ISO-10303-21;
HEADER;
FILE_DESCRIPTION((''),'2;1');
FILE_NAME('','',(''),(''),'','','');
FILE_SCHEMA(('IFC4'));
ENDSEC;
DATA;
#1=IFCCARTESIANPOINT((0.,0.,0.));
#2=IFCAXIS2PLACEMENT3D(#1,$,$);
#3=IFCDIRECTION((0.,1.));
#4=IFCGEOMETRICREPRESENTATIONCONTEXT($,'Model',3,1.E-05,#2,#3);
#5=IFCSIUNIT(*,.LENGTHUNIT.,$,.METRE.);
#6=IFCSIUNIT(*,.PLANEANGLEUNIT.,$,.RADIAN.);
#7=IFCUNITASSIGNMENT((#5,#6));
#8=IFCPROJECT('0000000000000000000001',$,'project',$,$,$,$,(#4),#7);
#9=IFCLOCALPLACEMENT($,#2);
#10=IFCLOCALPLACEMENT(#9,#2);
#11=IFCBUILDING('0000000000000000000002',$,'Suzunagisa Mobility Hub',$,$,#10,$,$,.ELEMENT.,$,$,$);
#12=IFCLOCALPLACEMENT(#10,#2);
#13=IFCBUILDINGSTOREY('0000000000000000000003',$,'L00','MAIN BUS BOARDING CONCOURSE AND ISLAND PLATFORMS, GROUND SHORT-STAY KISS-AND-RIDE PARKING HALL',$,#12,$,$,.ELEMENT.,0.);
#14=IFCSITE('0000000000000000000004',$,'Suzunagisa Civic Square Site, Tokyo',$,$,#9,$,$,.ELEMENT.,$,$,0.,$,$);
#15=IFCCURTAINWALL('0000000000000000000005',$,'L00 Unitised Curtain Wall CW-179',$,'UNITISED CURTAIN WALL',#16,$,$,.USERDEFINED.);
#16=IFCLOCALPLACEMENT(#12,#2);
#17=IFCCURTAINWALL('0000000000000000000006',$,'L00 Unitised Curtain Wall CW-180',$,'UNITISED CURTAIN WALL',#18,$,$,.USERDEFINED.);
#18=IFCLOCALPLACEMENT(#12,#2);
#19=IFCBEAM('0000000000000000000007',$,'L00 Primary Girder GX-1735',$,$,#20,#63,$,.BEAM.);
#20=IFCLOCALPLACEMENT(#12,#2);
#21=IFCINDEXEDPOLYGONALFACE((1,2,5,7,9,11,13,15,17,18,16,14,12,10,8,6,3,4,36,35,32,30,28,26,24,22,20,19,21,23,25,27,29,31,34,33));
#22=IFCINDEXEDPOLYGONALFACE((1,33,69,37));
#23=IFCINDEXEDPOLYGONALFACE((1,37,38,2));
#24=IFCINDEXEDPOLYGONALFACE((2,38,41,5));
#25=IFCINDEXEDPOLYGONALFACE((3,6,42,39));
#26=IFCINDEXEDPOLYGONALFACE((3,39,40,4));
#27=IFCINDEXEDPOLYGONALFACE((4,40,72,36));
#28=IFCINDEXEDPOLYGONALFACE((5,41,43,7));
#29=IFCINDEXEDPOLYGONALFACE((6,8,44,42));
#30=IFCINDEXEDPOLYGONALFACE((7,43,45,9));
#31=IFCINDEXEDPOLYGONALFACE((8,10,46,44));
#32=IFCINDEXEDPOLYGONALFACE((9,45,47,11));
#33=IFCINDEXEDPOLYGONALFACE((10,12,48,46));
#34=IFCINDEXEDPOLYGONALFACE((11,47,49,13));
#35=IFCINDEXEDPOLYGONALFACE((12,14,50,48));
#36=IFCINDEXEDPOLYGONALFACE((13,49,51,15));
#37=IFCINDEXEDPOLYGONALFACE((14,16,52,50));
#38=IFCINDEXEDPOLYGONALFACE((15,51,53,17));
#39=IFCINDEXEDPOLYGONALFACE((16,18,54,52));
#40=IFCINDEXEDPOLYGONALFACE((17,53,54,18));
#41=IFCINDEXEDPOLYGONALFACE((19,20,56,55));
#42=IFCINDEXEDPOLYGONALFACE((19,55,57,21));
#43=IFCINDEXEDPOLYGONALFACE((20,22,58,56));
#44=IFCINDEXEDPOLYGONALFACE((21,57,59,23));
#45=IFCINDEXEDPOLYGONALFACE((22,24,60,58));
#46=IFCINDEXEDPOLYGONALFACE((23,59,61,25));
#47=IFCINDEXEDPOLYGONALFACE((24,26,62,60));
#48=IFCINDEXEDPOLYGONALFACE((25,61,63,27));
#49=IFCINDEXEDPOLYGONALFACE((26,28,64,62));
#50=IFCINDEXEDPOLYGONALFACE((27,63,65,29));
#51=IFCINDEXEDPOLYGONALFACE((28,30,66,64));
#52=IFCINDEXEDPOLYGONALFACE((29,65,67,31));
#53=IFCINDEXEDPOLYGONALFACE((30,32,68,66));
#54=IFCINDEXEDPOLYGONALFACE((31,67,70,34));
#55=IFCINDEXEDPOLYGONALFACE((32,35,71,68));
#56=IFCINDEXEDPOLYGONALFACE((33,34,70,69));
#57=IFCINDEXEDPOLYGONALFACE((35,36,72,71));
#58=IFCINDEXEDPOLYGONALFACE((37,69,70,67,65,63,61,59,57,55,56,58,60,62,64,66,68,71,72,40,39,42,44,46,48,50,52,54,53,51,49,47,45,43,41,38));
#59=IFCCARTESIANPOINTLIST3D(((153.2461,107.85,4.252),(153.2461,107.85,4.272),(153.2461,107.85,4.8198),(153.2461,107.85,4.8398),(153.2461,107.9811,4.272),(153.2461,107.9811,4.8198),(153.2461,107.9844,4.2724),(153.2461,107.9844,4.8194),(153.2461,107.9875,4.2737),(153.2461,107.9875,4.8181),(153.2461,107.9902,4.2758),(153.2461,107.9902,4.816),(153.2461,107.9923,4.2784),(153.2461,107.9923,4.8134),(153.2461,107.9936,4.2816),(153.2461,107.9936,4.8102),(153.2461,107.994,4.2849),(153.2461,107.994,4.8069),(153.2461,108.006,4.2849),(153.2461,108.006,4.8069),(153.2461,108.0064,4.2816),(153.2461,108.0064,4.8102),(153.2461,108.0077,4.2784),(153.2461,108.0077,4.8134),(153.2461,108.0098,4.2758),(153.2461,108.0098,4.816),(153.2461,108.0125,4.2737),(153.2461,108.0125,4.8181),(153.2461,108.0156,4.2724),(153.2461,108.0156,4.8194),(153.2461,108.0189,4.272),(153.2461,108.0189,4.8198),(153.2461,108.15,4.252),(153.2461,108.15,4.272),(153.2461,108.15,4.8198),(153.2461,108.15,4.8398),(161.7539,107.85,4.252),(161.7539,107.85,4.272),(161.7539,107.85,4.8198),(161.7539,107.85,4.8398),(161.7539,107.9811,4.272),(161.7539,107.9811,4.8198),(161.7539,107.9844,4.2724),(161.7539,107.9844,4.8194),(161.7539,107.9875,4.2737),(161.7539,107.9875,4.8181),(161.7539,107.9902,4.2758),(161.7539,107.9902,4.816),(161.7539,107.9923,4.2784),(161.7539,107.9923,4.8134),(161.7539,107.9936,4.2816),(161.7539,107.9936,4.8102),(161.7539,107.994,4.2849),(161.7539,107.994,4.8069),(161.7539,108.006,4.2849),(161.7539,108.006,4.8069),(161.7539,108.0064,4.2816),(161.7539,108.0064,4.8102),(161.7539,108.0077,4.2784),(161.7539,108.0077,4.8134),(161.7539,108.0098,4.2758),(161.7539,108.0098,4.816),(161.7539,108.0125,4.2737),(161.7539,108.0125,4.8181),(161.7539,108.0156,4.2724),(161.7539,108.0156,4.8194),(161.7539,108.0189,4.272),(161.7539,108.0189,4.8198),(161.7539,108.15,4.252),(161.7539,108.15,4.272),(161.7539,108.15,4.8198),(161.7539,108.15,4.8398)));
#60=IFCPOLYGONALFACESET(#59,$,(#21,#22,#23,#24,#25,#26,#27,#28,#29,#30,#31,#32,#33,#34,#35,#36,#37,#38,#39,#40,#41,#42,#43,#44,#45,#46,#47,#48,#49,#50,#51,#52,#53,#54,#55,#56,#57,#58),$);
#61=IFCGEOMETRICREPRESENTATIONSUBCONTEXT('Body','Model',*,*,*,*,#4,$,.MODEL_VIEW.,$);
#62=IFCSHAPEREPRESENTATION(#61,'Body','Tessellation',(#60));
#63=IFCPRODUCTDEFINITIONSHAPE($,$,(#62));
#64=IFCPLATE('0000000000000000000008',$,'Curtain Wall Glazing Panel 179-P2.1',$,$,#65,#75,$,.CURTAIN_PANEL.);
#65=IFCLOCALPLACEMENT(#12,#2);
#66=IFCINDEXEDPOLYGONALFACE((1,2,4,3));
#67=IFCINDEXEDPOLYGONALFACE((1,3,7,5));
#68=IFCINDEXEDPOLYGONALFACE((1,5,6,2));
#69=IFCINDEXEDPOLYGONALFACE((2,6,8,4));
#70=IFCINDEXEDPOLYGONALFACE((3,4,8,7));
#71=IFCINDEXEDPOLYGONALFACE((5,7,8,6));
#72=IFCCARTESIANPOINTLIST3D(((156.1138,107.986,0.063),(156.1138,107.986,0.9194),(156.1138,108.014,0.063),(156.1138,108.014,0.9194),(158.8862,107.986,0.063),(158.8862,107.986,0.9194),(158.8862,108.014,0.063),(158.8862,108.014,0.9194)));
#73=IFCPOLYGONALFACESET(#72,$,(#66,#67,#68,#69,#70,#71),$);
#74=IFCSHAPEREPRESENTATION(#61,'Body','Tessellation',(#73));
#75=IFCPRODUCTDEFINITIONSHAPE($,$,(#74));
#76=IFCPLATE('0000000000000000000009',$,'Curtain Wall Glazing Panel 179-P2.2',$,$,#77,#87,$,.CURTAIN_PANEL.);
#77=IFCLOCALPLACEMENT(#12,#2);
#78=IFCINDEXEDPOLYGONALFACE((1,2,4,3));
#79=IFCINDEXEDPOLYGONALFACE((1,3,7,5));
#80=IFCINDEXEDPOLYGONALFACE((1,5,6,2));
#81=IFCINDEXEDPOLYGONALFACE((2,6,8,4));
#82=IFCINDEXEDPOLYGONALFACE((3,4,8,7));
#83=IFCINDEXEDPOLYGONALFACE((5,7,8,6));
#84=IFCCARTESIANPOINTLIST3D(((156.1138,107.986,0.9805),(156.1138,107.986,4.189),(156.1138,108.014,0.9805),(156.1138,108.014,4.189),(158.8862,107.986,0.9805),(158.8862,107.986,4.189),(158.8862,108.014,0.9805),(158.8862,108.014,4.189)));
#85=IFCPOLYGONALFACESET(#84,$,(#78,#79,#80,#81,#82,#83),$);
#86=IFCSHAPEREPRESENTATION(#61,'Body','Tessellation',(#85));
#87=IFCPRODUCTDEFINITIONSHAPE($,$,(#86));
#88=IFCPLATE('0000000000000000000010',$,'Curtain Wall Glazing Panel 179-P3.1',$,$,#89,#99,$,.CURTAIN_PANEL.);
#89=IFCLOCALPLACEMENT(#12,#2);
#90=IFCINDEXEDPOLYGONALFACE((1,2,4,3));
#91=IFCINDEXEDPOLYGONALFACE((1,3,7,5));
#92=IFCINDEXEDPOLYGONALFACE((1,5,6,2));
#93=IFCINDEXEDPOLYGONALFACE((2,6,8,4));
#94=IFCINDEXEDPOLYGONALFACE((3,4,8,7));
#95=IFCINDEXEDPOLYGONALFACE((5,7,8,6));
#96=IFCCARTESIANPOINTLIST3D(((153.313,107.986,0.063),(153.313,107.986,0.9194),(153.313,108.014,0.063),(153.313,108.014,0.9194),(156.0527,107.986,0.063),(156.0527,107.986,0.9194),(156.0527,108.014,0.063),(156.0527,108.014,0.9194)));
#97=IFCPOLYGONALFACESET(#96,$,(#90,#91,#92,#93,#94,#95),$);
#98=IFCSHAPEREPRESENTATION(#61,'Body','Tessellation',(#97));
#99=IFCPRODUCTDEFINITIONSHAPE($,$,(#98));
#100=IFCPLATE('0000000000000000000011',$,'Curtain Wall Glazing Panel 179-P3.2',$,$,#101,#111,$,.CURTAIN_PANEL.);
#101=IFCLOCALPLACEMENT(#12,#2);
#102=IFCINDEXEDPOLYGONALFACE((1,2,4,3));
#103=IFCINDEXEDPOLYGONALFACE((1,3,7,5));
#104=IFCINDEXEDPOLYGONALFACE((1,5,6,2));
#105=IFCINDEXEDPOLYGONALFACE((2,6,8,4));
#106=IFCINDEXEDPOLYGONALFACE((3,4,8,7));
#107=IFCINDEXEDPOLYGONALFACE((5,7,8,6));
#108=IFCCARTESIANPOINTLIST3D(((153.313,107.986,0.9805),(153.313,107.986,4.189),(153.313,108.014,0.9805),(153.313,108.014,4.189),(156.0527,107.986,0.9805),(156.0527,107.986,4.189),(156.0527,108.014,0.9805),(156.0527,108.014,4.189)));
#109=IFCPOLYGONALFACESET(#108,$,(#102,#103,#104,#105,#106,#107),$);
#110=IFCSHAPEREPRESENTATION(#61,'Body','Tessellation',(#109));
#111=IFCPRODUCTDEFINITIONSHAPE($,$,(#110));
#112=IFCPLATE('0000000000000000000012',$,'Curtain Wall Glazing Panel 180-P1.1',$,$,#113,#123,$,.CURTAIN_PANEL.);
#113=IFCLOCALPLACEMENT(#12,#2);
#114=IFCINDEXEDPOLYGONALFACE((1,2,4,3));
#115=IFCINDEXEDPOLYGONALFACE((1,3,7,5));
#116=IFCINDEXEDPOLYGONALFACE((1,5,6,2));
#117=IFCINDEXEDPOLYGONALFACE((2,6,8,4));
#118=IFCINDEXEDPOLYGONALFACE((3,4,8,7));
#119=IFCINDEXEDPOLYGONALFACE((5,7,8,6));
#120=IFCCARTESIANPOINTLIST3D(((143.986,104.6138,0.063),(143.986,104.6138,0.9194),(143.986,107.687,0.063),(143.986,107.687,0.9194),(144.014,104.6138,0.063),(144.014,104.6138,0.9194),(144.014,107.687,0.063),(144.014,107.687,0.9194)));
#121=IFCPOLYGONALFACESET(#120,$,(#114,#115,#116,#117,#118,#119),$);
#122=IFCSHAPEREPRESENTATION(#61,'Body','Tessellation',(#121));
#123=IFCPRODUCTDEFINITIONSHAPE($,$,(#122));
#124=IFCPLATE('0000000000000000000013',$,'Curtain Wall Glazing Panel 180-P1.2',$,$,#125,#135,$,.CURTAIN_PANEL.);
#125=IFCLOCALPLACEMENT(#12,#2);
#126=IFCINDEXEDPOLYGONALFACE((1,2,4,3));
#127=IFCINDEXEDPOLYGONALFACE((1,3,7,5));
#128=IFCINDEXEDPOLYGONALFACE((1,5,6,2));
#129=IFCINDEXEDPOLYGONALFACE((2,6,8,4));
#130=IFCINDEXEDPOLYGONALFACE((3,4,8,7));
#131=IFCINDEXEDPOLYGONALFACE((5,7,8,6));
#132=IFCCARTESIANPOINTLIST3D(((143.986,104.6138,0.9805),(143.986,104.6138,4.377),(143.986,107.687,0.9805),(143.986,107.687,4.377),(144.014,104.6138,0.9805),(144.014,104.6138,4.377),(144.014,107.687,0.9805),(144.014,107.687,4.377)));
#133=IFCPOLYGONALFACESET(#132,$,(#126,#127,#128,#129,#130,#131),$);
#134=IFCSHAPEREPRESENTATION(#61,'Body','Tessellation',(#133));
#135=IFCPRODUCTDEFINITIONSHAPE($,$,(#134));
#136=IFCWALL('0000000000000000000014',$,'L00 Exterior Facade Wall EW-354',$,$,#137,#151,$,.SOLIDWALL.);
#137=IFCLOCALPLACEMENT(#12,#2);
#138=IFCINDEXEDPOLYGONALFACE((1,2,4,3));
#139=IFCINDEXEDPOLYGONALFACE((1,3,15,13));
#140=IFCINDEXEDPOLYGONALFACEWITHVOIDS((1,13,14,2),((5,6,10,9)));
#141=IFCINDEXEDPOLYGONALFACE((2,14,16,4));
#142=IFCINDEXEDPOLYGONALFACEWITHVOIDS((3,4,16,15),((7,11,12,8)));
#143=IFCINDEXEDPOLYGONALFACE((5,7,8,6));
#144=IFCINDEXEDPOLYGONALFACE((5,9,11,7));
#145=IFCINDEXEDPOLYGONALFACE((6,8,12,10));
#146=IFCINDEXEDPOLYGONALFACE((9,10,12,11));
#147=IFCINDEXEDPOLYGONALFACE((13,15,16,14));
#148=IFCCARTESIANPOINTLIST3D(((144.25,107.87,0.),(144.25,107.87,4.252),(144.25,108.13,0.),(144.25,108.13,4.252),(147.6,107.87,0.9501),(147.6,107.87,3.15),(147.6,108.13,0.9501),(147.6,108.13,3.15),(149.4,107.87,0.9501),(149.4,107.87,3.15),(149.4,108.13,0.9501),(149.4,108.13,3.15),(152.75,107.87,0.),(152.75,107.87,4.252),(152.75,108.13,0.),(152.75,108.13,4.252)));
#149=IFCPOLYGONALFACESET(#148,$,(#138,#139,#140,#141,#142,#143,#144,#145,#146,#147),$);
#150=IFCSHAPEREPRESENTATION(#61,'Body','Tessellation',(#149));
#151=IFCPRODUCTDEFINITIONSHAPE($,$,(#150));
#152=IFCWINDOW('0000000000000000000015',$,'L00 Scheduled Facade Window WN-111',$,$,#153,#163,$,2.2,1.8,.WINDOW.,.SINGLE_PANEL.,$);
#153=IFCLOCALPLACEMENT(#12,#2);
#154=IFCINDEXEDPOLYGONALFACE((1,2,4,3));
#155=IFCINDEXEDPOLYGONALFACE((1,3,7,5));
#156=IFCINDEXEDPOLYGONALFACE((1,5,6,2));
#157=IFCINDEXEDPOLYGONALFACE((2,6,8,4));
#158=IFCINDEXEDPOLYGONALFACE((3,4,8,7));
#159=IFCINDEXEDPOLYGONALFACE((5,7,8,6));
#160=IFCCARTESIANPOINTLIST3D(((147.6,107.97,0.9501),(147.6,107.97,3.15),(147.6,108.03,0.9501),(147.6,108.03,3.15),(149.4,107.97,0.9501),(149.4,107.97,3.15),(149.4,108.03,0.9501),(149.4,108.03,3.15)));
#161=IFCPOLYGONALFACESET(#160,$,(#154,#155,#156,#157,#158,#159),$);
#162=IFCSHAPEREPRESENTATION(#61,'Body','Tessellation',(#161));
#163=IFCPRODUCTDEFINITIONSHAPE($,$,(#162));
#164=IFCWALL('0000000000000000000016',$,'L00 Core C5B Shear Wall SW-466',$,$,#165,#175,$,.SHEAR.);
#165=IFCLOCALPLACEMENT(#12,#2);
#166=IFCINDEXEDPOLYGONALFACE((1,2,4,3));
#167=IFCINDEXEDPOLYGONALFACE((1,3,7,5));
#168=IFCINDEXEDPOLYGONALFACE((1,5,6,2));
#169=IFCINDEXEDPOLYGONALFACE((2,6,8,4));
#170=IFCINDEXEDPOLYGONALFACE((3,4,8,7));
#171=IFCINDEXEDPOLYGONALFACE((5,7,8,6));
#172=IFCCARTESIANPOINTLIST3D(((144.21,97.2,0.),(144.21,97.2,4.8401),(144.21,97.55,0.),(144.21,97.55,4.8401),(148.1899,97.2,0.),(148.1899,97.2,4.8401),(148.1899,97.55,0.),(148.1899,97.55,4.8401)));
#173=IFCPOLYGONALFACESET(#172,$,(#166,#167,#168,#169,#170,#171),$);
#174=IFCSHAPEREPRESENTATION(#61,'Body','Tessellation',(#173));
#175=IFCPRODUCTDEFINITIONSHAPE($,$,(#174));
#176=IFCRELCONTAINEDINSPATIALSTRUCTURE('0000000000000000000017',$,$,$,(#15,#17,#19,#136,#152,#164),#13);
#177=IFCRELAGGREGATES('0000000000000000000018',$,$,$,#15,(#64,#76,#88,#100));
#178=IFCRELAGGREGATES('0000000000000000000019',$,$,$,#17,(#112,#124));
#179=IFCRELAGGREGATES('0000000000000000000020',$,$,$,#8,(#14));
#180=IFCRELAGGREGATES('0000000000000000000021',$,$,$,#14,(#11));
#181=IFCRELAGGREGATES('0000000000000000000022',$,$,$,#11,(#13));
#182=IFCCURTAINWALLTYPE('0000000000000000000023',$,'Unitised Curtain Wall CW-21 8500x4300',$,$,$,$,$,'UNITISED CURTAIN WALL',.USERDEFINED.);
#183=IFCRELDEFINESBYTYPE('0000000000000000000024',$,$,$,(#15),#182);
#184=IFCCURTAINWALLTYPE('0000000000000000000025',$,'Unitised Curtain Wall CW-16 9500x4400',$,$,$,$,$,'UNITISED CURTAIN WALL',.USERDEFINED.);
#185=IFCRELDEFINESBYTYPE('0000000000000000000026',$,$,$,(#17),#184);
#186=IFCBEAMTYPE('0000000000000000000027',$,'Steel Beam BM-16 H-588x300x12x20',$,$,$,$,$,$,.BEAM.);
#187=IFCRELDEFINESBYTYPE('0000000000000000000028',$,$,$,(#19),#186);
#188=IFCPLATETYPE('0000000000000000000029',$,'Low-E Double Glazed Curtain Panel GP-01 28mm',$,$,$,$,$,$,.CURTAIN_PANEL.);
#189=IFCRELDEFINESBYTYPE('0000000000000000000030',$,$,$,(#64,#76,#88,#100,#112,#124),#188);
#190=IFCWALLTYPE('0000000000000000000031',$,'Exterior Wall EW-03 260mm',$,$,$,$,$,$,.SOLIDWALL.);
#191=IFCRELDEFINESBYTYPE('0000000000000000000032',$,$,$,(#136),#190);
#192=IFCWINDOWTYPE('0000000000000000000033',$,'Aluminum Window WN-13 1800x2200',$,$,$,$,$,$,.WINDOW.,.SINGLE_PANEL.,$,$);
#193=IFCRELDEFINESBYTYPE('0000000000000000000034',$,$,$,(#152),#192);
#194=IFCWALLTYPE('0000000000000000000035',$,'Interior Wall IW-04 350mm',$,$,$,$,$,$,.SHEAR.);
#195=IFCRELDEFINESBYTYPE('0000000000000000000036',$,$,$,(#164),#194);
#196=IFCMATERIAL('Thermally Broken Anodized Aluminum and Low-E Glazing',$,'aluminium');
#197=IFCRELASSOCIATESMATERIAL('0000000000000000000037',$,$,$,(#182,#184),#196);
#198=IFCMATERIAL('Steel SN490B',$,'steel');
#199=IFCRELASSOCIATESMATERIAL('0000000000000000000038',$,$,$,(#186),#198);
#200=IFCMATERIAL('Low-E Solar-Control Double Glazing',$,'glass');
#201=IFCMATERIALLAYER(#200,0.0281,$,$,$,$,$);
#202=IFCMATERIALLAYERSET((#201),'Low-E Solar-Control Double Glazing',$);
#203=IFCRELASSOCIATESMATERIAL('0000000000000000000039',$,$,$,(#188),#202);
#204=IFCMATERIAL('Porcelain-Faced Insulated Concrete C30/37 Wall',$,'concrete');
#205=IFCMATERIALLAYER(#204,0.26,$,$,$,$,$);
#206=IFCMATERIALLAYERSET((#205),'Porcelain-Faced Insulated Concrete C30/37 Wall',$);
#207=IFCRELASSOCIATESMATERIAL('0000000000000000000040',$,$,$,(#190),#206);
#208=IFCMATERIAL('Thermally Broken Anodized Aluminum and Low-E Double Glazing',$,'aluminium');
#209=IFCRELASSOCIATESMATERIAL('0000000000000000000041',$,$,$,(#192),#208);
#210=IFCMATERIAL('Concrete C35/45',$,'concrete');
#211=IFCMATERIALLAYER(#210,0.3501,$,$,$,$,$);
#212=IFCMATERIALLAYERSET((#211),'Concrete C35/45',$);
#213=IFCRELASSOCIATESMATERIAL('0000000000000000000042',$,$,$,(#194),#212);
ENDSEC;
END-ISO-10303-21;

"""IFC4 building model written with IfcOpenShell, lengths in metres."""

from ifc_helpers import new_model, si_unit, direction, frame, frame_2d, origin, origin_2d, place, context, subcontext, project, spatial, rectangle, i_section, extrude, material, layer, layer_set, material_profile, profile_set, type_object, element, fill, aggregate, save


model = new_model("IFC4")

# Units and contexts
model_context = context("Model", 3, precision=1e-05, world=origin(), true_north=direction((0.0, 1.0)))
body_context = subcontext(model_context, "Body", "Model", "MODEL_VIEW")
ifc_project = project(units=[si_unit("LENGTHUNIT", "METRE"), si_unit("PLANEANGLEUNIT", "RADIAN")], contexts=[model_context])

# Site, building, storey
site_placement = place(None, origin())
site = spatial("IfcSite", under=ifc_project, at=site_placement, Name="Suzunagisa Civic Square Site, Tokyo", CompositionType="ELEMENT", RefElevation=0.0)
building_placement = place(site_placement, origin())
building = spatial("IfcBuilding", under=site, at=building_placement, Name="Suzunagisa Mobility Hub", CompositionType="ELEMENT")
storey_placement = place(building_placement, origin())
storey = spatial("IfcBuildingStorey", under=building, at=storey_placement, Name="L00", Description="MAIN BUS BOARDING CONCOURSE AND ISLAND PLATFORMS, GROUND SHORT-STAY KISS-AND-RIDE PARKING HALL", CompositionType="ELEMENT", Elevation=0.0)

# Shared definitions
ifc_material_1 = material(Name="Steel SN490B", Category="steel")

# Curtain walls
ifc_material_2 = material(Name="Thermally Broken Anodized Aluminum and Low-E Glazing", Category="aluminium")
curtain_wall_type_1 = type_object("IfcCurtainWallType", Name="Unitised Curtain Wall CW-21 8500x4300", ElementType="UNITISED CURTAIN WALL", PredefinedType="USERDEFINED", material=ifc_material_2)
curtain_wall_1_placement = place(storey_placement, origin())
curtain_wall_1 = element("IfcCurtainWall", 1, at=curtain_wall_1_placement, inside=storey, type_object=curtain_wall_type_1, Name="L00 Unitised Curtain Wall CW-179", ObjectType="UNITISED CURTAIN WALL", PredefinedType="USERDEFINED")
curtain_wall_type_2 = type_object("IfcCurtainWallType", Name="Unitised Curtain Wall CW-16 9500x4400", ElementType="UNITISED CURTAIN WALL", PredefinedType="USERDEFINED", material=ifc_material_2)
curtain_wall_2_placement = place(storey_placement, origin())
curtain_wall_2 = element("IfcCurtainWall", 2, at=curtain_wall_2_placement, inside=storey, type_object=curtain_wall_type_2, Name="L00 Unitised Curtain Wall CW-180", ObjectType="UNITISED CURTAIN WALL", PredefinedType="USERDEFINED")

# Beam
ifc_material_profile_1 = material_profile(ifc_material_1, i_section(OverallWidth=0.3, OverallDepth=0.5879, WebThickness=0.012, FlangeThickness=0.02, FilletRadius=0.0129, at=origin_2d()), Name="H-588x300x12x20")
ifc_profile_set_1 = profile_set([ifc_material_profile_1], Name="Steel SN490B")
beam_type_1 = type_object("IfcBeamType", Name="Steel Beam BM-16 H-588x300x12x20", PredefinedType="BEAM", material=ifc_profile_set_1)
for number, where, z_axis, x_axis, name in (
    (3, (153.2461, 108.0, 4.5459), (1.0, 0.0, 0.0), (0.0, 1.0, 0.0), "L00 Primary Girder GX-1735"),
):
    element("IfcBeam", number, at=place(storey_placement, frame(where, z_axis=z_axis, x_axis=x_axis)), inside=storey, type_object=beam_type_1, Name=name, PredefinedType="BEAM", context=body_context, shape_type="SweptSolid", body=[
        extrude(i_section(OverallWidth=0.3, OverallDepth=0.5879, WebThickness=0.012, FlangeThickness=0.02, FilletRadius=0.0129, at=origin_2d()), origin(), (0.0, 0.0, 1.0), 8.5078),
    ])

# Plates
ifc_material_3 = material(Name="Low-E Solar-Control Double Glazing", Category="glass")
ifc_layer_1 = layer(ifc_material_3, 0.0281)
ifc_layer_set_1 = layer_set([ifc_layer_1], Name="Low-E Solar-Control Double Glazing")
plate_type = type_object("IfcPlateType", Name="Low-E Double Glazed Curtain Panel GP-01 28mm", PredefinedType="CURTAIN_PANEL", material=ifc_layer_set_1)
plate_1_placement = place(storey_placement, frame((157.5, 108.0, 0.063), z_axis=(0.0, 0.0, 1.0), x_axis=(-1.0, 0.0, 0.0)))
plate_1 = element("IfcPlate", 4, at=plate_1_placement, type_object=plate_type, Name="Curtain Wall Glazing Panel 179-P2.1", PredefinedType="CURTAIN_PANEL", context=body_context, shape_type="SweptSolid", body=[
    extrude(rectangle(XDim=2.7725, YDim=0.0281, at=origin_2d()), origin(), (0.0, 0.0, 1.0), 0.8564),
])
plate_2_placement = place(storey_placement, frame((157.5, 108.0, 0.9805), z_axis=(0.0, 0.0, 1.0), x_axis=(-1.0, 0.0, 0.0)))
plate_2 = element("IfcPlate", 5, at=plate_2_placement, type_object=plate_type, Name="Curtain Wall Glazing Panel 179-P2.2", PredefinedType="CURTAIN_PANEL", context=body_context, shape_type="SweptSolid", body=[
    extrude(rectangle(XDim=2.7725, YDim=0.0281, at=origin_2d()), origin(), (0.0, 0.0, 1.0), 3.2085),
])
plate_3_placement = place(storey_placement, frame((154.6829, 108.0, 0.063), z_axis=(0.0, 0.0, 1.0), x_axis=(-1.0, 0.0, 0.0)))
plate_3 = element("IfcPlate", 6, at=plate_3_placement, type_object=plate_type, Name="Curtain Wall Glazing Panel 179-P3.1", PredefinedType="CURTAIN_PANEL", context=body_context, shape_type="SweptSolid", body=[
    extrude(rectangle(XDim=2.7397, YDim=0.0281, at=origin_2d()), origin(), (0.0, 0.0, 1.0), 0.8564),
])
plate_4_placement = place(storey_placement, frame((154.6829, 108.0, 0.9805), z_axis=(0.0, 0.0, 1.0), x_axis=(-1.0, 0.0, 0.0)))
plate_4 = element("IfcPlate", 7, at=plate_4_placement, type_object=plate_type, Name="Curtain Wall Glazing Panel 179-P3.2", PredefinedType="CURTAIN_PANEL", context=body_context, shape_type="SweptSolid", body=[
    extrude(rectangle(XDim=2.7397, YDim=0.0281, at=origin_2d()), origin(), (0.0, 0.0, 1.0), 3.2085),
])
aggregate(curtain_wall_1, [plate_1, plate_2, plate_3, plate_4])
plate_5_placement = place(storey_placement, frame((144.0, 106.1504, 0.063), z_axis=(0.0, 0.0, 1.0), x_axis=(0.0, -1.0, 0.0)))
plate_5 = element("IfcPlate", 8, at=plate_5_placement, type_object=plate_type, Name="Curtain Wall Glazing Panel 180-P1.1", PredefinedType="CURTAIN_PANEL", context=body_context, shape_type="SweptSolid", body=[
    extrude(rectangle(XDim=3.0732, YDim=0.0281, at=origin_2d()), origin(), (0.0, 0.0, 1.0), 0.8564),
])
plate_6_placement = place(storey_placement, frame((144.0, 106.1504, 0.9805), z_axis=(0.0, 0.0, 1.0), x_axis=(0.0, -1.0, 0.0)))
plate_6 = element("IfcPlate", 9, at=plate_6_placement, type_object=plate_type, Name="Curtain Wall Glazing Panel 180-P1.2", PredefinedType="CURTAIN_PANEL", context=body_context, shape_type="SweptSolid", body=[
    extrude(rectangle(XDim=3.0732, YDim=0.0281, at=origin_2d()), origin(), (0.0, 0.0, 1.0), 3.3965),
])
aggregate(curtain_wall_2, [plate_5, plate_6])

# Wall, opening, window
ifc_material_4 = material(Name="Porcelain-Faced Insulated Concrete C30/37 Wall", Category="concrete")
ifc_layer_2 = layer(ifc_material_4, 0.26)
ifc_layer_set_2 = layer_set([ifc_layer_2], Name="Porcelain-Faced Insulated Concrete C30/37 Wall")
wall_type_1 = type_object("IfcWallType", Name="Exterior Wall EW-03 260mm", PredefinedType="SOLIDWALL", material=ifc_layer_set_2)
wall_1_placement = place(storey_placement, frame((152.75, 108.0, 0.0), z_axis=(0.0, 0.0, 1.0), x_axis=(-1.0, 0.0, 0.0)))
wall_1 = element("IfcWall", 10, at=wall_1_placement, inside=storey, type_object=wall_type_1, Name="L00 Exterior Facade Wall EW-354", PredefinedType="SOLIDWALL", context=body_context, shape_type="SweptSolid", body=[
    extrude(rectangle(XDim=8.5, YDim=0.26, at=frame_2d((4.25, 0.0))), origin(), (0.0, 0.0, 1.0), 4.252),
])
opening_placement = place(wall_1_placement, frame((3.3501, 0.0, 0.95)))
opening = element("IfcOpeningElement", 11, at=opening_placement, cuts=wall_1, PredefinedType="OPENING", context=body_context, shape_type="SweptSolid", body=[
    extrude(rectangle(XDim=1.8, YDim=2.2, at=frame_2d((0.8999, 1.1001))), frame((0.0, 0.1411, 0.0), z_axis=(0.0, -1.0, 0.0), x_axis=(1.0, 0.0, 0.0)), (0.0, 0.0, 1.0), 0.282),
])
ifc_material_5 = material(Name="Thermally Broken Anodized Aluminum and Low-E Double Glazing", Category="aluminium")
window_type = type_object("IfcWindowType", Name="Aluminum Window WN-13 1800x2200", PartitioningType="SINGLE_PANEL", PredefinedType="WINDOW", material=ifc_material_5)
window_placement = place(opening_placement, origin())
window = element("IfcWindow", 12, at=window_placement, inside=storey, type_object=window_type, Name="L00 Scheduled Facade Window WN-111", OverallHeight=2.2, OverallWidth=1.8, PartitioningType="SINGLE_PANEL", PredefinedType="WINDOW", context=body_context, shape_type="SweptSolid", body=[
    extrude(rectangle(XDim=1.8, YDim=2.2, at=frame_2d((0.8999, 1.1001))), frame((0.0, 0.03, 0.0), z_axis=(0.0, -1.0, 0.0), x_axis=(1.0, 0.0, 0.0)), (0.0, 0.0, 1.0), 0.0601),
])
fill(opening, window)

# Wall
ifc_material_6 = material(Name="Concrete C35/45", Category="concrete")
ifc_layer_3 = layer(ifc_material_6, 0.3501)
ifc_layer_set_3 = layer_set([ifc_layer_3], Name="Concrete C35/45")
wall_type_2 = type_object("IfcWallType", Name="Interior Wall IW-04 350mm", PredefinedType="SHEAR", material=ifc_layer_set_3)
wall_2_placement = place(storey_placement, frame((144.21, 97.375, 0.0), z_axis=(0.0, 0.0, 1.0), x_axis=(1.0, 0.0, 0.0)))
element("IfcWall", 13, at=wall_2_placement, inside=storey, type_object=wall_type_2, Name="L00 Core C5B Shear Wall SW-466", PredefinedType="SHEAR", context=body_context, shape_type="SweptSolid", body=[
    extrude(rectangle(XDim=3.98, YDim=0.3501, at=frame_2d((1.99, 0.0))), origin(), (0.0, 0.0, 1.0), 4.8401),
])

save(model, "model.ifc")
